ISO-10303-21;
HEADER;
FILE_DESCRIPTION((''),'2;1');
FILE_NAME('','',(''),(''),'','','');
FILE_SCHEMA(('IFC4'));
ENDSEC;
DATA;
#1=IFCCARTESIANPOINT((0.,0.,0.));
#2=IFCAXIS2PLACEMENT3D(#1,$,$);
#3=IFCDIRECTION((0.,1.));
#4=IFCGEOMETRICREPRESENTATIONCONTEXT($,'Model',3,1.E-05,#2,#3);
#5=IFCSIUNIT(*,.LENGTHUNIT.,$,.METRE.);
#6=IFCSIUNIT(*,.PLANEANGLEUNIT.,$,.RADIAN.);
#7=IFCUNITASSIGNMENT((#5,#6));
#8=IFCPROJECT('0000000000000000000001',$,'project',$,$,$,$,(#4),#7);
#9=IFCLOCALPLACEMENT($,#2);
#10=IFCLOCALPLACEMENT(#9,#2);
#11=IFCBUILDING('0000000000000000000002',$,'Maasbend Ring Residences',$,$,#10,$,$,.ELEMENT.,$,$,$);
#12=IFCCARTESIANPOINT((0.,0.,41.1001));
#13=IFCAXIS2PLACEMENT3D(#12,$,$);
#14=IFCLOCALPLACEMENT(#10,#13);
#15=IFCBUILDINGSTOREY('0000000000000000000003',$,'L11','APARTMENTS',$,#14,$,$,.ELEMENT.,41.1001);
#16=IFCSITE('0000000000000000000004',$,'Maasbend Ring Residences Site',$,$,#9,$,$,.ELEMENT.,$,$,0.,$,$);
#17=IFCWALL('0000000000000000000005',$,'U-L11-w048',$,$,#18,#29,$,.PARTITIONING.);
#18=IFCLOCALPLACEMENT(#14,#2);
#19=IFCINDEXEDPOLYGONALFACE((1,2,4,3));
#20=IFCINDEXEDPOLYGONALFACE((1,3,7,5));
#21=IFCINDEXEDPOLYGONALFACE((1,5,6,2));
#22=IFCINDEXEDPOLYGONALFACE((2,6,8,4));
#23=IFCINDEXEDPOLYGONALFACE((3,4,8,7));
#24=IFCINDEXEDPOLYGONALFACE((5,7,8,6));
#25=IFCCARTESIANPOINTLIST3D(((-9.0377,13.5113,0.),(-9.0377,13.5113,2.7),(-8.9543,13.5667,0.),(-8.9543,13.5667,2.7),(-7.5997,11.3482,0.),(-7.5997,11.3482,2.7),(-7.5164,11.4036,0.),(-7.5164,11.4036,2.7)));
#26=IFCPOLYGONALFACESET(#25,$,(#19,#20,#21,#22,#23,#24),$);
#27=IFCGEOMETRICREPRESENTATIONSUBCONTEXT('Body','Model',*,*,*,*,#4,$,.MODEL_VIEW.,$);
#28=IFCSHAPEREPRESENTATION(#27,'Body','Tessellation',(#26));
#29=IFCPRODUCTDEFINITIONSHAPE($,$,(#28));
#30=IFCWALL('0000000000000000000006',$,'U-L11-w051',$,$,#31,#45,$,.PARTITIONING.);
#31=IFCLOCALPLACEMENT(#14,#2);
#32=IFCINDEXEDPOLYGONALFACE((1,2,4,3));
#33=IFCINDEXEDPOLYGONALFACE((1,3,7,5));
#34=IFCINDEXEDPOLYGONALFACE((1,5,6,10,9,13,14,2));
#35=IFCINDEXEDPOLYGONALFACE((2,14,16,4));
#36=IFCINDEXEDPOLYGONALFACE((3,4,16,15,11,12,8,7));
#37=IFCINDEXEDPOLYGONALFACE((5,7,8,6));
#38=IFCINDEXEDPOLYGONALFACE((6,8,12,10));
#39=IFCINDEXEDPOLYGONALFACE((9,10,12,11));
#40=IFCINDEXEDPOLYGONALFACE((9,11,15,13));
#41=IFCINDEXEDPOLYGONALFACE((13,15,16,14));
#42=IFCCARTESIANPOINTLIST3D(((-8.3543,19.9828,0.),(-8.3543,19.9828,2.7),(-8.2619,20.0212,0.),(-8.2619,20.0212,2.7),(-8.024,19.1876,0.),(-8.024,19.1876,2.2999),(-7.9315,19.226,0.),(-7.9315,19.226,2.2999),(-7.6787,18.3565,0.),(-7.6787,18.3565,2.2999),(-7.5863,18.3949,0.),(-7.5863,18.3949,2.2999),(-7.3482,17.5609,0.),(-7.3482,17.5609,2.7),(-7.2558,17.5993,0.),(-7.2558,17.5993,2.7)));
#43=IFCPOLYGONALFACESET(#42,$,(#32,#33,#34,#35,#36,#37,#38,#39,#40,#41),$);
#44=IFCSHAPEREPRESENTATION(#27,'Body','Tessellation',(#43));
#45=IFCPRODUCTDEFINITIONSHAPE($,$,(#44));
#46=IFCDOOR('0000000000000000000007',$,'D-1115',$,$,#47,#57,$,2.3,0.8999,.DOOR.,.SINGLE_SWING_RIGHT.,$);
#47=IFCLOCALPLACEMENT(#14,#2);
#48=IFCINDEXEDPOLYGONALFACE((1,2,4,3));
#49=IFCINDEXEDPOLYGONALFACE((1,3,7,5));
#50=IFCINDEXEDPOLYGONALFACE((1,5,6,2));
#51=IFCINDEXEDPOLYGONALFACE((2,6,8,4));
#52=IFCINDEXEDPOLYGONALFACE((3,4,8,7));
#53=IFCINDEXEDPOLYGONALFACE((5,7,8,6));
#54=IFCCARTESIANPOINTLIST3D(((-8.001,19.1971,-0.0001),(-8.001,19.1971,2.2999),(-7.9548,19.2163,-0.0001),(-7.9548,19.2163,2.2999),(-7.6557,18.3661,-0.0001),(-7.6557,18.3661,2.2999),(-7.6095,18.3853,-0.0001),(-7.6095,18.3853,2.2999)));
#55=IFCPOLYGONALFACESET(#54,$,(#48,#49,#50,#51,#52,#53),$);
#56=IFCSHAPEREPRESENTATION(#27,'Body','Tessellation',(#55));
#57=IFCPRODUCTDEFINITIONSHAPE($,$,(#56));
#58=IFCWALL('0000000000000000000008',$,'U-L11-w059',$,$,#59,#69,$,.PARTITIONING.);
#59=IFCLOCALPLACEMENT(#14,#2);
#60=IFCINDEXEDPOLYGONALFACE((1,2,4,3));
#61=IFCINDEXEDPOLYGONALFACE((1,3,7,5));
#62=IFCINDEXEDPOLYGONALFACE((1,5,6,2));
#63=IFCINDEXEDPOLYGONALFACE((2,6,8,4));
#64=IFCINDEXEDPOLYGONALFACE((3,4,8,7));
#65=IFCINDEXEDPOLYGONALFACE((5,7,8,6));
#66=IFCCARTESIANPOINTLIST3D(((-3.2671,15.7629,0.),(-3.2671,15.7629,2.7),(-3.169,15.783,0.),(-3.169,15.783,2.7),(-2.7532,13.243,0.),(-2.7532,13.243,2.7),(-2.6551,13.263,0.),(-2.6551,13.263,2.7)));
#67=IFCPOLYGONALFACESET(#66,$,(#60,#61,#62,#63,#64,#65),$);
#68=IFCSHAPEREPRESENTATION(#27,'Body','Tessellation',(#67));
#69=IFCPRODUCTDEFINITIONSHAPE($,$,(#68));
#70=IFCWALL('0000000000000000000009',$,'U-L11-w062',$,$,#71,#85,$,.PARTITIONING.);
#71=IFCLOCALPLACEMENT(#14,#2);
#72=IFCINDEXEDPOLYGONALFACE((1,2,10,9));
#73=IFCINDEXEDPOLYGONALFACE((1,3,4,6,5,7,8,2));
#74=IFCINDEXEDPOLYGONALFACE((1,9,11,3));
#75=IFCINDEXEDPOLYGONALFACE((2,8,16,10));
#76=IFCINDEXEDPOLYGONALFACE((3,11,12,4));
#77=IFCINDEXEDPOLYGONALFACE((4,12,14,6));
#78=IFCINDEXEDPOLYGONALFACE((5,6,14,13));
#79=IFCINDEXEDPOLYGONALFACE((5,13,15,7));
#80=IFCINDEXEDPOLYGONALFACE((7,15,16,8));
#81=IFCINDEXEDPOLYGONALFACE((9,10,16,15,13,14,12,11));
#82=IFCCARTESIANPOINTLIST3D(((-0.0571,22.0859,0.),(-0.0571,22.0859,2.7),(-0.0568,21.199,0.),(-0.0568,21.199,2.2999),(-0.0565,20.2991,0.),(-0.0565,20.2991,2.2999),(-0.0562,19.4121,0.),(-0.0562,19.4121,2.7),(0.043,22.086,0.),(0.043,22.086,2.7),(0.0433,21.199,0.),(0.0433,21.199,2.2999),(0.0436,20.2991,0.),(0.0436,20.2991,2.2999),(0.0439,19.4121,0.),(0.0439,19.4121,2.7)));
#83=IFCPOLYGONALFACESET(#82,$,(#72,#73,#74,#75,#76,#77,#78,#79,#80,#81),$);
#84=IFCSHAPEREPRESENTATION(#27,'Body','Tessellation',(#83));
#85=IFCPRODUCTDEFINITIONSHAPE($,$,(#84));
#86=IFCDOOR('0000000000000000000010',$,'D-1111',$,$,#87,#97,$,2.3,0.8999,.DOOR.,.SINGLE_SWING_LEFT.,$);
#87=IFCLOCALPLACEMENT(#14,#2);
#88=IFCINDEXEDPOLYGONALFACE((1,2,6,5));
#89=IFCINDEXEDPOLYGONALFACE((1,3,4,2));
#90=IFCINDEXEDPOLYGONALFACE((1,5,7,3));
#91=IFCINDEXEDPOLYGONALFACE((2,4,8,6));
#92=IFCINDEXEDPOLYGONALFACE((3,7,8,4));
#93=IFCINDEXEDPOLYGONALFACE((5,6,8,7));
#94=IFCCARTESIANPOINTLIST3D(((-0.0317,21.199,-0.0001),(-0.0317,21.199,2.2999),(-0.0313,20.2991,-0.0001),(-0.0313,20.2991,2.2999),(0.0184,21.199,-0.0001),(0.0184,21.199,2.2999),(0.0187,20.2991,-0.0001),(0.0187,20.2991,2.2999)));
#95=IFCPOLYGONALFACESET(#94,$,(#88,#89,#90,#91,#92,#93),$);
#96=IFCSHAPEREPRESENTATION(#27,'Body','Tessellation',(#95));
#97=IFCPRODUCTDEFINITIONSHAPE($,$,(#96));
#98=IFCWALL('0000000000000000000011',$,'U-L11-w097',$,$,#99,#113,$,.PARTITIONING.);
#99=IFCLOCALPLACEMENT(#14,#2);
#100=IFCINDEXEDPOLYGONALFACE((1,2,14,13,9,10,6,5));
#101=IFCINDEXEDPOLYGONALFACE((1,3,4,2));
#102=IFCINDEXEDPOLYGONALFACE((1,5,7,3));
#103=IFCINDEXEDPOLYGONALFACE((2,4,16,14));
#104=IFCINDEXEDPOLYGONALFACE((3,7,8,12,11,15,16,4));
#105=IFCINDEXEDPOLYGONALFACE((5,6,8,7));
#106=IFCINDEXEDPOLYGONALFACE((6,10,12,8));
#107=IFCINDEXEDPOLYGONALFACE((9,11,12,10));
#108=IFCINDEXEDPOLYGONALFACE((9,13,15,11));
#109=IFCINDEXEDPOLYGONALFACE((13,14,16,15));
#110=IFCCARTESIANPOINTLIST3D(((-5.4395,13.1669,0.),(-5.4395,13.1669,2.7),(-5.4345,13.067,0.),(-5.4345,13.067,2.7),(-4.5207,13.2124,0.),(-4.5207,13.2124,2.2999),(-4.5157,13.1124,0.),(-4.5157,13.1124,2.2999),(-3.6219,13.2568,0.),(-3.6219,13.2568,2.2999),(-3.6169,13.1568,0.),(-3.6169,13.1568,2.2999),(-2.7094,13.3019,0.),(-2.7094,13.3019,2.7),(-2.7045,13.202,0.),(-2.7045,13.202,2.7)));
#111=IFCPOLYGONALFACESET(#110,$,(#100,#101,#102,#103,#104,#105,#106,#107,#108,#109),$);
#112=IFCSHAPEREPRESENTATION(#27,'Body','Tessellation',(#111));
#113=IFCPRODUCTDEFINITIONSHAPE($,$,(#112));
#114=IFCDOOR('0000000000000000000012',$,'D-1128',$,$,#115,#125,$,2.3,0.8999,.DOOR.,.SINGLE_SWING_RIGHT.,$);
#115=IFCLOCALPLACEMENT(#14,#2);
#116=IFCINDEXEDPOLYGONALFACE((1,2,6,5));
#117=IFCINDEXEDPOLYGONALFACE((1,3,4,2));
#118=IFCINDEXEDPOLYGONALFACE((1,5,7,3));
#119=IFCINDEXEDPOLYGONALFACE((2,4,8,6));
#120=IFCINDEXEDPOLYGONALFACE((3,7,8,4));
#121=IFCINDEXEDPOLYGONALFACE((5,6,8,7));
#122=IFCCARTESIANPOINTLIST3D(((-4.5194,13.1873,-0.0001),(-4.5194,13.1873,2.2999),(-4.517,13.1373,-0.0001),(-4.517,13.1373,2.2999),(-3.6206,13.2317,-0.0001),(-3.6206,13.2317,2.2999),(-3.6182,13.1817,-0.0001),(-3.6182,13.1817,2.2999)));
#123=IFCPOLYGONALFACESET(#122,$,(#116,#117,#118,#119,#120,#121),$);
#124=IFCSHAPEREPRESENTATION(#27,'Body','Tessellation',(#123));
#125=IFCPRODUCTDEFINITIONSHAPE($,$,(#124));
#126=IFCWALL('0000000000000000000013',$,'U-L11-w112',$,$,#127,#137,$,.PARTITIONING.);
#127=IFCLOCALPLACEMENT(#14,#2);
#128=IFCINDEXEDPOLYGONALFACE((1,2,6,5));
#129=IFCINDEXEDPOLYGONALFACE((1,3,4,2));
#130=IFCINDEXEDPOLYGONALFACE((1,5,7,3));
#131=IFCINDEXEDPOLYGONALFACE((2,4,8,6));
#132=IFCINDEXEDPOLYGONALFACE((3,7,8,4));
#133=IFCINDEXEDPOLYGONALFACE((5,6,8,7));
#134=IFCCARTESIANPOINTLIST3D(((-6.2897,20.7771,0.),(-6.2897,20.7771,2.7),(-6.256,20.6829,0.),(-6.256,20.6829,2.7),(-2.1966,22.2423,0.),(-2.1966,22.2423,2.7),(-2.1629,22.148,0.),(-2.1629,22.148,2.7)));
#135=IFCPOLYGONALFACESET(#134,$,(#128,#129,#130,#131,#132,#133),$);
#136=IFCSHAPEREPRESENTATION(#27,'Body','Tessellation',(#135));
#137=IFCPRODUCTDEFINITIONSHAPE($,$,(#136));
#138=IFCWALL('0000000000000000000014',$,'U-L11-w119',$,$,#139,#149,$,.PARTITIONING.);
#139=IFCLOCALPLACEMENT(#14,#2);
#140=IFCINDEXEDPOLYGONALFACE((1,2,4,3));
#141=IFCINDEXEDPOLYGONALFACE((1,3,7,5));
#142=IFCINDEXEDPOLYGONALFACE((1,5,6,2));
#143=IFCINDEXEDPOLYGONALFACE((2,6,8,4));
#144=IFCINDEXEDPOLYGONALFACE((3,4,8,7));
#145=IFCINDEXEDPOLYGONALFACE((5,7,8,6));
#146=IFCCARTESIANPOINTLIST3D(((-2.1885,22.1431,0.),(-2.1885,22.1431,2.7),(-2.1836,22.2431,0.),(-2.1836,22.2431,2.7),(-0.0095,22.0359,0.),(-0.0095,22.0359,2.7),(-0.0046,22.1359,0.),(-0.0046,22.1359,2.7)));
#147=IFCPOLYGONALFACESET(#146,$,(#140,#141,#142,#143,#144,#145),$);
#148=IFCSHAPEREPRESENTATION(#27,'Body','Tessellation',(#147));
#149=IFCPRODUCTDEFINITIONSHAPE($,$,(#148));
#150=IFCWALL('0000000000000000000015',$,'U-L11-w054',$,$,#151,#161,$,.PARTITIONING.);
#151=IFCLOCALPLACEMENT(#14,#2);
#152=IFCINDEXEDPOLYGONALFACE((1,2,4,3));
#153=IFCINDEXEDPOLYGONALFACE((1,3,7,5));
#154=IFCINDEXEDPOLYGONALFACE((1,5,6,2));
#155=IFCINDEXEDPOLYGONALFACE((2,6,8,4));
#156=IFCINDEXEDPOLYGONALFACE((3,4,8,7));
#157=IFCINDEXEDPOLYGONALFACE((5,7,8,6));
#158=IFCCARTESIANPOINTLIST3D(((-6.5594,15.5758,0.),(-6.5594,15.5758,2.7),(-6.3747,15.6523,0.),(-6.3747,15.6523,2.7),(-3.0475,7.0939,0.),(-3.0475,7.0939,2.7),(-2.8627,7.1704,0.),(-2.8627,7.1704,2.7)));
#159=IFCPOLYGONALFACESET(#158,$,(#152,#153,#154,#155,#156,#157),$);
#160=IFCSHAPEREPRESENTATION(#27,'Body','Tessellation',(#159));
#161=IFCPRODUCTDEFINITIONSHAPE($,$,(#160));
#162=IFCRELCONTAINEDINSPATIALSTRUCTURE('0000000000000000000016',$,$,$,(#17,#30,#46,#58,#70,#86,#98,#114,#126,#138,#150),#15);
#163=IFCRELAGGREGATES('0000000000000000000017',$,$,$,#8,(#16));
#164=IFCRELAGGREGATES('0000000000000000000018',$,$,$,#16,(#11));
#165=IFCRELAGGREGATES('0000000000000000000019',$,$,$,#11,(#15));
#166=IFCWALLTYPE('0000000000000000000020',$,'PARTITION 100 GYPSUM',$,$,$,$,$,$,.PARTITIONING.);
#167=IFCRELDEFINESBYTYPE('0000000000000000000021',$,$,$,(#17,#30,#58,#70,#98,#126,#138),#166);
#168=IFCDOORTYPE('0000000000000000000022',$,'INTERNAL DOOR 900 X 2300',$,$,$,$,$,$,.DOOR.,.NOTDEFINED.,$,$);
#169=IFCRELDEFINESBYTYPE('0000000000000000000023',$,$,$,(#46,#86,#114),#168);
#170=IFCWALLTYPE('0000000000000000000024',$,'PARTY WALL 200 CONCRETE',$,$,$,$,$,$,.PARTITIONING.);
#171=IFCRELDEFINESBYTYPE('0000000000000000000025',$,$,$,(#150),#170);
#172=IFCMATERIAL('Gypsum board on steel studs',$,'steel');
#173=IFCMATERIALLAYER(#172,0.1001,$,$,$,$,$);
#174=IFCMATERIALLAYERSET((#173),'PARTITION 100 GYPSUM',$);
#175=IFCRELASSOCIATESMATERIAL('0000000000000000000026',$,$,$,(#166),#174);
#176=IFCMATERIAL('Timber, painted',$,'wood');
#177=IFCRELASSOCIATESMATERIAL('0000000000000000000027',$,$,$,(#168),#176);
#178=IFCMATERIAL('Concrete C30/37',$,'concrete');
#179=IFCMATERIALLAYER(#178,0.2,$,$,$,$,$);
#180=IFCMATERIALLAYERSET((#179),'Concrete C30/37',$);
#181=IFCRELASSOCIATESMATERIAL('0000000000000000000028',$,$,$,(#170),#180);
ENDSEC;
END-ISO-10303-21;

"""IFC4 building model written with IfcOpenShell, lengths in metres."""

from ifc_helpers import new_model, si_unit, direction, frame, frame_2d, origin, place, context, subcontext, project, spatial, rectangle, extrude, material, layer, layer_set, type_object, element, fill, save


model = new_model("IFC4")

# Units and contexts
model_context = context("Model", 3, precision=1e-05, world=origin(), true_north=direction((0.0, 1.0)))
body_context = subcontext(model_context, "Body", "Model", "MODEL_VIEW")
ifc_project = project(units=[si_unit("LENGTHUNIT", "METRE"), si_unit("PLANEANGLEUNIT", "RADIAN")], contexts=[model_context])

# Site, building, storey
site_placement = place(None, origin())
site = spatial("IfcSite", under=ifc_project, at=site_placement, Name="Maasbend Ring Residences Site", CompositionType="ELEMENT", RefElevation=0.0)
building_placement = place(site_placement, origin())
building = spatial("IfcBuilding", under=site, at=building_placement, Name="Maasbend Ring Residences", CompositionType="ELEMENT")
storey_placement = place(building_placement, frame((0.0, 0.0, 41.1001)))
storey = spatial("IfcBuildingStorey", under=building, at=storey_placement, Name="L11", Description="APARTMENTS", CompositionType="ELEMENT", Elevation=41.1001)

# Wall
ifc_material_1 = material(Name="Gypsum board on steel studs", Category="steel")
ifc_layer_1 = layer(ifc_material_1, 0.1001)
ifc_layer_set_1 = layer_set([ifc_layer_1], Name="PARTITION 100 GYPSUM")
wall_type_1 = type_object("IfcWallType", Name="PARTITION 100 GYPSUM", PredefinedType="PARTITIONING", material=ifc_layer_set_1)
wall_1_placement = place(storey_placement, frame((-8.9961, 13.5391, 0.0), z_axis=(0.0, 0.0, 1.0), x_axis=(0.553615, -0.832773, 0.0)))
element("IfcWall", 1, at=wall_1_placement, inside=storey, type_object=wall_type_1, Name="U-L11-w048", PredefinedType="PARTITIONING", context=body_context, shape_type="SweptSolid", body=[
    extrude(rectangle(XDim=2.5974, YDim=0.1001, at=frame_2d((1.2988, 0.0))), origin(), (0.0, 0.0, 1.0), 2.7),
])

# Wall, opening, door
wall_2_placement = place(storey_placement, frame((-8.3081, 20.002, 0.0), z_axis=(0.0, 0.0, 1.0), x_axis=(0.383637, -0.923484, 0.0)))
wall_2 = element("IfcWall", 2, at=wall_2_placement, inside=storey, type_object=wall_type_1, Name="U-L11-w051", PredefinedType="PARTITIONING", context=body_context, shape_type="SweptSolid", body=[
    extrude(rectangle(XDim=2.6226, YDim=0.1001, at=frame_2d((1.3113, 0.0))), origin(), (0.0, 0.0, 1.0), 2.7),
])
opening_1_placement = place(wall_2_placement, frame((0.8611, 0.0, 0.0)))
opening_1 = element("IfcOpeningElement", 3, at=opening_1_placement, cuts=wall_2, PredefinedType="OPENING", context=body_context, shape_type="SweptSolid", body=[
    extrude(rectangle(XDim=0.8999, YDim=2.3, at=frame_2d((0.45, 1.1499))), frame((0.0, 0.0601, 0.0), z_axis=(0.0, -1.0, 0.0), x_axis=(1.0, 0.0, 0.0)), (0.0, 0.0, 1.0), 0.1201),
])
ifc_material_2 = material(Name="Timber, painted", Category="wood")
door_type_1 = type_object("IfcDoorType", Name="INTERNAL DOOR 900 X 2300", OperationType="NOTDEFINED", PredefinedType="DOOR", material=ifc_material_2)
door_1_placement = place(opening_1_placement, origin())
door_1 = element("IfcDoor", 4, at=door_1_placement, inside=storey, type_object=door_type_1, Name="D-1115", OperationType="SINGLE_SWING_RIGHT", OverallHeight=2.3, OverallWidth=0.8999, PredefinedType="DOOR", context=body_context, shape_type="SweptSolid", body=[
    extrude(rectangle(XDim=0.8999, YDim=2.3, at=frame_2d((0.45, 1.1499))), frame((0.0, 0.0249, 0.0), z_axis=(0.0, -1.0, 0.0), x_axis=(1.0, 0.0, 0.0)), (0.0, 0.0, 1.0), 0.05),
])
fill(opening_1, door_1)

# Wall
wall_3_placement = place(storey_placement, frame((-3.218, 15.7729, 0.0), z_axis=(0.0, 0.0, 1.0), x_axis=(0.199821, -0.979833, 0.0)))
element("IfcWall", 5, at=wall_3_placement, inside=storey, type_object=wall_type_1, Name="U-L11-w059", PredefinedType="PARTITIONING", context=body_context, shape_type="SweptSolid", body=[
    extrude(rectangle(XDim=2.5718, YDim=0.1001, at=frame_2d((1.2859, 0.0))), origin(), (0.0, 0.0, 1.0), 2.7),
])

# Walls, openings, doors
wall_4_placement = place(storey_placement, frame((-0.0061, 19.4121, 0.0), z_axis=(0.0, 0.0, 1.0), x_axis=(-0.000365, 1.0, 0.0)))
wall_4 = element("IfcWall", 6, at=wall_4_placement, inside=storey, type_object=wall_type_1, Name="U-L11-w062", PredefinedType="PARTITIONING", context=body_context, shape_type="SweptSolid", body=[
    extrude(rectangle(XDim=2.6738, YDim=0.1001, at=frame_2d((1.3369, 0.0))), origin(), (0.0, 0.0, 1.0), 2.7),
])
opening_2_placement = place(wall_4_placement, frame((0.887, 0.0, 0.0)))
opening_2 = element("IfcOpeningElement", 7, at=opening_2_placement, cuts=wall_4, PredefinedType="OPENING", context=body_context, shape_type="SweptSolid", body=[
    extrude(rectangle(XDim=0.8999, YDim=2.3, at=frame_2d((0.45, 1.1499))), frame((0.0, 0.0601, 0.0), z_axis=(0.0, -1.0, 0.0), x_axis=(1.0, 0.0, 0.0)), (0.0, 0.0, 1.0), 0.1201),
])
door_2_placement = place(opening_2_placement, origin())
door_2 = element("IfcDoor", 8, at=door_2_placement, inside=storey, type_object=door_type_1, Name="D-1111", OperationType="SINGLE_SWING_LEFT", OverallHeight=2.3, OverallWidth=0.8999, PredefinedType="DOOR", context=body_context, shape_type="SweptSolid", body=[
    extrude(rectangle(XDim=0.8999, YDim=2.3, at=frame_2d((0.45, 1.1499))), frame((0.0, 0.0249, 0.0), z_axis=(0.0, -1.0, 0.0), x_axis=(1.0, 0.0, 0.0)), (0.0, 0.0, 1.0), 0.05),
])
fill(opening_2, door_2)
wall_5_placement = place(storey_placement, frame((-5.437, 13.1169, 0.0), z_axis=(0.0, 0.0, 1.0), x_axis=(0.998779, 0.049394, 0.0)))
wall_5 = element("IfcWall", 9, at=wall_5_placement, inside=storey, type_object=wall_type_1, Name="U-L11-w097", PredefinedType="PARTITIONING", context=body_context, shape_type="SweptSolid", body=[
    extrude(rectangle(XDim=2.7334, YDim=0.1001, at=frame_2d((1.3667, 0.0))), origin(), (0.0, 0.0, 1.0), 2.7),
])
opening_3_placement = place(wall_5_placement, frame((0.9199, 0.0, 0.0)))
opening_3 = element("IfcOpeningElement", 10, at=opening_3_placement, cuts=wall_5, PredefinedType="OPENING", context=body_context, shape_type="SweptSolid", body=[
    extrude(rectangle(XDim=0.8999, YDim=2.3, at=frame_2d((0.45, 1.1499))), frame((0.0, 0.0601, 0.0), z_axis=(0.0, -1.0, 0.0), x_axis=(1.0, 0.0, 0.0)), (0.0, 0.0, 1.0), 0.1201),
])
door_3_placement = place(opening_3_placement, origin())
door_3 = element("IfcDoor", 11, at=door_3_placement, inside=storey, type_object=door_type_1, Name="D-1128", OperationType="SINGLE_SWING_RIGHT", OverallHeight=2.3, OverallWidth=0.8999, PredefinedType="DOOR", context=body_context, shape_type="SweptSolid", body=[
    extrude(rectangle(XDim=0.8999, YDim=2.3, at=frame_2d((0.45, 1.1499))), frame((0.0, 0.0249, 0.0), z_axis=(0.0, -1.0, 0.0), x_axis=(1.0, 0.0, 0.0)), (0.0, 0.0, 1.0), 0.05),
])
fill(opening_3, door_3)

# Walls
wall_6_placement = place(storey_placement, frame((-6.2729, 20.73, 0.0), z_axis=(0.0, 0.0, 1.0), x_axis=(0.941502, 0.337009, 0.0)))
element("IfcWall", 12, at=wall_6_placement, inside=storey, type_object=wall_type_1, Name="U-L11-w112", PredefinedType="PARTITIONING", context=body_context, shape_type="SweptSolid", body=[
    extrude(rectangle(XDim=4.3474, YDim=0.1001, at=frame_2d((2.1738, 0.0))), origin(), (0.0, 0.0, 1.0), 2.7),
])
wall_7_placement = place(storey_placement, frame((-2.186, 22.1931, 0.0), z_axis=(0.0, 0.0, 1.0), x_axis=(0.998792, -0.049128, 0.0)))
element("IfcWall", 13, at=wall_7_placement, inside=storey, type_object=wall_type_1, Name="U-L11-w119", PredefinedType="PARTITIONING", context=body_context, shape_type="SweptSolid", body=[
    extrude(rectangle(XDim=2.1816, YDim=0.1001, at=frame_2d((1.0908, 0.0))), origin(), (0.0, 0.0, 1.0), 2.7),
])
ifc_material_3 = material(Name="Concrete C30/37", Category="concrete")
ifc_layer_2 = layer(ifc_material_3, 0.2)
ifc_layer_set_2 = layer_set([ifc_layer_2], Name="Concrete C30/37")
wall_type_2 = type_object("IfcWallType", Name="PARTY WALL 200 CONCRETE", PredefinedType="PARTITIONING", material=ifc_layer_set_2)
wall_8_placement = place(storey_placement, frame((-6.467, 15.614, 0.0), z_axis=(0.0, 0.0, 1.0), x_axis=(0.382556, -0.923932, 0.0)))
element("IfcWall", 14, at=wall_8_placement, inside=storey, type_object=wall_type_2, Name="U-L11-w054", PredefinedType="PARTITIONING", context=body_context, shape_type="SweptSolid", body=[
    extrude(rectangle(XDim=9.1802, YDim=0.2, at=frame_2d((4.5901, 0.0))), origin(), (0.0, 0.0, 1.0), 2.7),
])

save(model, "model.ifc")
